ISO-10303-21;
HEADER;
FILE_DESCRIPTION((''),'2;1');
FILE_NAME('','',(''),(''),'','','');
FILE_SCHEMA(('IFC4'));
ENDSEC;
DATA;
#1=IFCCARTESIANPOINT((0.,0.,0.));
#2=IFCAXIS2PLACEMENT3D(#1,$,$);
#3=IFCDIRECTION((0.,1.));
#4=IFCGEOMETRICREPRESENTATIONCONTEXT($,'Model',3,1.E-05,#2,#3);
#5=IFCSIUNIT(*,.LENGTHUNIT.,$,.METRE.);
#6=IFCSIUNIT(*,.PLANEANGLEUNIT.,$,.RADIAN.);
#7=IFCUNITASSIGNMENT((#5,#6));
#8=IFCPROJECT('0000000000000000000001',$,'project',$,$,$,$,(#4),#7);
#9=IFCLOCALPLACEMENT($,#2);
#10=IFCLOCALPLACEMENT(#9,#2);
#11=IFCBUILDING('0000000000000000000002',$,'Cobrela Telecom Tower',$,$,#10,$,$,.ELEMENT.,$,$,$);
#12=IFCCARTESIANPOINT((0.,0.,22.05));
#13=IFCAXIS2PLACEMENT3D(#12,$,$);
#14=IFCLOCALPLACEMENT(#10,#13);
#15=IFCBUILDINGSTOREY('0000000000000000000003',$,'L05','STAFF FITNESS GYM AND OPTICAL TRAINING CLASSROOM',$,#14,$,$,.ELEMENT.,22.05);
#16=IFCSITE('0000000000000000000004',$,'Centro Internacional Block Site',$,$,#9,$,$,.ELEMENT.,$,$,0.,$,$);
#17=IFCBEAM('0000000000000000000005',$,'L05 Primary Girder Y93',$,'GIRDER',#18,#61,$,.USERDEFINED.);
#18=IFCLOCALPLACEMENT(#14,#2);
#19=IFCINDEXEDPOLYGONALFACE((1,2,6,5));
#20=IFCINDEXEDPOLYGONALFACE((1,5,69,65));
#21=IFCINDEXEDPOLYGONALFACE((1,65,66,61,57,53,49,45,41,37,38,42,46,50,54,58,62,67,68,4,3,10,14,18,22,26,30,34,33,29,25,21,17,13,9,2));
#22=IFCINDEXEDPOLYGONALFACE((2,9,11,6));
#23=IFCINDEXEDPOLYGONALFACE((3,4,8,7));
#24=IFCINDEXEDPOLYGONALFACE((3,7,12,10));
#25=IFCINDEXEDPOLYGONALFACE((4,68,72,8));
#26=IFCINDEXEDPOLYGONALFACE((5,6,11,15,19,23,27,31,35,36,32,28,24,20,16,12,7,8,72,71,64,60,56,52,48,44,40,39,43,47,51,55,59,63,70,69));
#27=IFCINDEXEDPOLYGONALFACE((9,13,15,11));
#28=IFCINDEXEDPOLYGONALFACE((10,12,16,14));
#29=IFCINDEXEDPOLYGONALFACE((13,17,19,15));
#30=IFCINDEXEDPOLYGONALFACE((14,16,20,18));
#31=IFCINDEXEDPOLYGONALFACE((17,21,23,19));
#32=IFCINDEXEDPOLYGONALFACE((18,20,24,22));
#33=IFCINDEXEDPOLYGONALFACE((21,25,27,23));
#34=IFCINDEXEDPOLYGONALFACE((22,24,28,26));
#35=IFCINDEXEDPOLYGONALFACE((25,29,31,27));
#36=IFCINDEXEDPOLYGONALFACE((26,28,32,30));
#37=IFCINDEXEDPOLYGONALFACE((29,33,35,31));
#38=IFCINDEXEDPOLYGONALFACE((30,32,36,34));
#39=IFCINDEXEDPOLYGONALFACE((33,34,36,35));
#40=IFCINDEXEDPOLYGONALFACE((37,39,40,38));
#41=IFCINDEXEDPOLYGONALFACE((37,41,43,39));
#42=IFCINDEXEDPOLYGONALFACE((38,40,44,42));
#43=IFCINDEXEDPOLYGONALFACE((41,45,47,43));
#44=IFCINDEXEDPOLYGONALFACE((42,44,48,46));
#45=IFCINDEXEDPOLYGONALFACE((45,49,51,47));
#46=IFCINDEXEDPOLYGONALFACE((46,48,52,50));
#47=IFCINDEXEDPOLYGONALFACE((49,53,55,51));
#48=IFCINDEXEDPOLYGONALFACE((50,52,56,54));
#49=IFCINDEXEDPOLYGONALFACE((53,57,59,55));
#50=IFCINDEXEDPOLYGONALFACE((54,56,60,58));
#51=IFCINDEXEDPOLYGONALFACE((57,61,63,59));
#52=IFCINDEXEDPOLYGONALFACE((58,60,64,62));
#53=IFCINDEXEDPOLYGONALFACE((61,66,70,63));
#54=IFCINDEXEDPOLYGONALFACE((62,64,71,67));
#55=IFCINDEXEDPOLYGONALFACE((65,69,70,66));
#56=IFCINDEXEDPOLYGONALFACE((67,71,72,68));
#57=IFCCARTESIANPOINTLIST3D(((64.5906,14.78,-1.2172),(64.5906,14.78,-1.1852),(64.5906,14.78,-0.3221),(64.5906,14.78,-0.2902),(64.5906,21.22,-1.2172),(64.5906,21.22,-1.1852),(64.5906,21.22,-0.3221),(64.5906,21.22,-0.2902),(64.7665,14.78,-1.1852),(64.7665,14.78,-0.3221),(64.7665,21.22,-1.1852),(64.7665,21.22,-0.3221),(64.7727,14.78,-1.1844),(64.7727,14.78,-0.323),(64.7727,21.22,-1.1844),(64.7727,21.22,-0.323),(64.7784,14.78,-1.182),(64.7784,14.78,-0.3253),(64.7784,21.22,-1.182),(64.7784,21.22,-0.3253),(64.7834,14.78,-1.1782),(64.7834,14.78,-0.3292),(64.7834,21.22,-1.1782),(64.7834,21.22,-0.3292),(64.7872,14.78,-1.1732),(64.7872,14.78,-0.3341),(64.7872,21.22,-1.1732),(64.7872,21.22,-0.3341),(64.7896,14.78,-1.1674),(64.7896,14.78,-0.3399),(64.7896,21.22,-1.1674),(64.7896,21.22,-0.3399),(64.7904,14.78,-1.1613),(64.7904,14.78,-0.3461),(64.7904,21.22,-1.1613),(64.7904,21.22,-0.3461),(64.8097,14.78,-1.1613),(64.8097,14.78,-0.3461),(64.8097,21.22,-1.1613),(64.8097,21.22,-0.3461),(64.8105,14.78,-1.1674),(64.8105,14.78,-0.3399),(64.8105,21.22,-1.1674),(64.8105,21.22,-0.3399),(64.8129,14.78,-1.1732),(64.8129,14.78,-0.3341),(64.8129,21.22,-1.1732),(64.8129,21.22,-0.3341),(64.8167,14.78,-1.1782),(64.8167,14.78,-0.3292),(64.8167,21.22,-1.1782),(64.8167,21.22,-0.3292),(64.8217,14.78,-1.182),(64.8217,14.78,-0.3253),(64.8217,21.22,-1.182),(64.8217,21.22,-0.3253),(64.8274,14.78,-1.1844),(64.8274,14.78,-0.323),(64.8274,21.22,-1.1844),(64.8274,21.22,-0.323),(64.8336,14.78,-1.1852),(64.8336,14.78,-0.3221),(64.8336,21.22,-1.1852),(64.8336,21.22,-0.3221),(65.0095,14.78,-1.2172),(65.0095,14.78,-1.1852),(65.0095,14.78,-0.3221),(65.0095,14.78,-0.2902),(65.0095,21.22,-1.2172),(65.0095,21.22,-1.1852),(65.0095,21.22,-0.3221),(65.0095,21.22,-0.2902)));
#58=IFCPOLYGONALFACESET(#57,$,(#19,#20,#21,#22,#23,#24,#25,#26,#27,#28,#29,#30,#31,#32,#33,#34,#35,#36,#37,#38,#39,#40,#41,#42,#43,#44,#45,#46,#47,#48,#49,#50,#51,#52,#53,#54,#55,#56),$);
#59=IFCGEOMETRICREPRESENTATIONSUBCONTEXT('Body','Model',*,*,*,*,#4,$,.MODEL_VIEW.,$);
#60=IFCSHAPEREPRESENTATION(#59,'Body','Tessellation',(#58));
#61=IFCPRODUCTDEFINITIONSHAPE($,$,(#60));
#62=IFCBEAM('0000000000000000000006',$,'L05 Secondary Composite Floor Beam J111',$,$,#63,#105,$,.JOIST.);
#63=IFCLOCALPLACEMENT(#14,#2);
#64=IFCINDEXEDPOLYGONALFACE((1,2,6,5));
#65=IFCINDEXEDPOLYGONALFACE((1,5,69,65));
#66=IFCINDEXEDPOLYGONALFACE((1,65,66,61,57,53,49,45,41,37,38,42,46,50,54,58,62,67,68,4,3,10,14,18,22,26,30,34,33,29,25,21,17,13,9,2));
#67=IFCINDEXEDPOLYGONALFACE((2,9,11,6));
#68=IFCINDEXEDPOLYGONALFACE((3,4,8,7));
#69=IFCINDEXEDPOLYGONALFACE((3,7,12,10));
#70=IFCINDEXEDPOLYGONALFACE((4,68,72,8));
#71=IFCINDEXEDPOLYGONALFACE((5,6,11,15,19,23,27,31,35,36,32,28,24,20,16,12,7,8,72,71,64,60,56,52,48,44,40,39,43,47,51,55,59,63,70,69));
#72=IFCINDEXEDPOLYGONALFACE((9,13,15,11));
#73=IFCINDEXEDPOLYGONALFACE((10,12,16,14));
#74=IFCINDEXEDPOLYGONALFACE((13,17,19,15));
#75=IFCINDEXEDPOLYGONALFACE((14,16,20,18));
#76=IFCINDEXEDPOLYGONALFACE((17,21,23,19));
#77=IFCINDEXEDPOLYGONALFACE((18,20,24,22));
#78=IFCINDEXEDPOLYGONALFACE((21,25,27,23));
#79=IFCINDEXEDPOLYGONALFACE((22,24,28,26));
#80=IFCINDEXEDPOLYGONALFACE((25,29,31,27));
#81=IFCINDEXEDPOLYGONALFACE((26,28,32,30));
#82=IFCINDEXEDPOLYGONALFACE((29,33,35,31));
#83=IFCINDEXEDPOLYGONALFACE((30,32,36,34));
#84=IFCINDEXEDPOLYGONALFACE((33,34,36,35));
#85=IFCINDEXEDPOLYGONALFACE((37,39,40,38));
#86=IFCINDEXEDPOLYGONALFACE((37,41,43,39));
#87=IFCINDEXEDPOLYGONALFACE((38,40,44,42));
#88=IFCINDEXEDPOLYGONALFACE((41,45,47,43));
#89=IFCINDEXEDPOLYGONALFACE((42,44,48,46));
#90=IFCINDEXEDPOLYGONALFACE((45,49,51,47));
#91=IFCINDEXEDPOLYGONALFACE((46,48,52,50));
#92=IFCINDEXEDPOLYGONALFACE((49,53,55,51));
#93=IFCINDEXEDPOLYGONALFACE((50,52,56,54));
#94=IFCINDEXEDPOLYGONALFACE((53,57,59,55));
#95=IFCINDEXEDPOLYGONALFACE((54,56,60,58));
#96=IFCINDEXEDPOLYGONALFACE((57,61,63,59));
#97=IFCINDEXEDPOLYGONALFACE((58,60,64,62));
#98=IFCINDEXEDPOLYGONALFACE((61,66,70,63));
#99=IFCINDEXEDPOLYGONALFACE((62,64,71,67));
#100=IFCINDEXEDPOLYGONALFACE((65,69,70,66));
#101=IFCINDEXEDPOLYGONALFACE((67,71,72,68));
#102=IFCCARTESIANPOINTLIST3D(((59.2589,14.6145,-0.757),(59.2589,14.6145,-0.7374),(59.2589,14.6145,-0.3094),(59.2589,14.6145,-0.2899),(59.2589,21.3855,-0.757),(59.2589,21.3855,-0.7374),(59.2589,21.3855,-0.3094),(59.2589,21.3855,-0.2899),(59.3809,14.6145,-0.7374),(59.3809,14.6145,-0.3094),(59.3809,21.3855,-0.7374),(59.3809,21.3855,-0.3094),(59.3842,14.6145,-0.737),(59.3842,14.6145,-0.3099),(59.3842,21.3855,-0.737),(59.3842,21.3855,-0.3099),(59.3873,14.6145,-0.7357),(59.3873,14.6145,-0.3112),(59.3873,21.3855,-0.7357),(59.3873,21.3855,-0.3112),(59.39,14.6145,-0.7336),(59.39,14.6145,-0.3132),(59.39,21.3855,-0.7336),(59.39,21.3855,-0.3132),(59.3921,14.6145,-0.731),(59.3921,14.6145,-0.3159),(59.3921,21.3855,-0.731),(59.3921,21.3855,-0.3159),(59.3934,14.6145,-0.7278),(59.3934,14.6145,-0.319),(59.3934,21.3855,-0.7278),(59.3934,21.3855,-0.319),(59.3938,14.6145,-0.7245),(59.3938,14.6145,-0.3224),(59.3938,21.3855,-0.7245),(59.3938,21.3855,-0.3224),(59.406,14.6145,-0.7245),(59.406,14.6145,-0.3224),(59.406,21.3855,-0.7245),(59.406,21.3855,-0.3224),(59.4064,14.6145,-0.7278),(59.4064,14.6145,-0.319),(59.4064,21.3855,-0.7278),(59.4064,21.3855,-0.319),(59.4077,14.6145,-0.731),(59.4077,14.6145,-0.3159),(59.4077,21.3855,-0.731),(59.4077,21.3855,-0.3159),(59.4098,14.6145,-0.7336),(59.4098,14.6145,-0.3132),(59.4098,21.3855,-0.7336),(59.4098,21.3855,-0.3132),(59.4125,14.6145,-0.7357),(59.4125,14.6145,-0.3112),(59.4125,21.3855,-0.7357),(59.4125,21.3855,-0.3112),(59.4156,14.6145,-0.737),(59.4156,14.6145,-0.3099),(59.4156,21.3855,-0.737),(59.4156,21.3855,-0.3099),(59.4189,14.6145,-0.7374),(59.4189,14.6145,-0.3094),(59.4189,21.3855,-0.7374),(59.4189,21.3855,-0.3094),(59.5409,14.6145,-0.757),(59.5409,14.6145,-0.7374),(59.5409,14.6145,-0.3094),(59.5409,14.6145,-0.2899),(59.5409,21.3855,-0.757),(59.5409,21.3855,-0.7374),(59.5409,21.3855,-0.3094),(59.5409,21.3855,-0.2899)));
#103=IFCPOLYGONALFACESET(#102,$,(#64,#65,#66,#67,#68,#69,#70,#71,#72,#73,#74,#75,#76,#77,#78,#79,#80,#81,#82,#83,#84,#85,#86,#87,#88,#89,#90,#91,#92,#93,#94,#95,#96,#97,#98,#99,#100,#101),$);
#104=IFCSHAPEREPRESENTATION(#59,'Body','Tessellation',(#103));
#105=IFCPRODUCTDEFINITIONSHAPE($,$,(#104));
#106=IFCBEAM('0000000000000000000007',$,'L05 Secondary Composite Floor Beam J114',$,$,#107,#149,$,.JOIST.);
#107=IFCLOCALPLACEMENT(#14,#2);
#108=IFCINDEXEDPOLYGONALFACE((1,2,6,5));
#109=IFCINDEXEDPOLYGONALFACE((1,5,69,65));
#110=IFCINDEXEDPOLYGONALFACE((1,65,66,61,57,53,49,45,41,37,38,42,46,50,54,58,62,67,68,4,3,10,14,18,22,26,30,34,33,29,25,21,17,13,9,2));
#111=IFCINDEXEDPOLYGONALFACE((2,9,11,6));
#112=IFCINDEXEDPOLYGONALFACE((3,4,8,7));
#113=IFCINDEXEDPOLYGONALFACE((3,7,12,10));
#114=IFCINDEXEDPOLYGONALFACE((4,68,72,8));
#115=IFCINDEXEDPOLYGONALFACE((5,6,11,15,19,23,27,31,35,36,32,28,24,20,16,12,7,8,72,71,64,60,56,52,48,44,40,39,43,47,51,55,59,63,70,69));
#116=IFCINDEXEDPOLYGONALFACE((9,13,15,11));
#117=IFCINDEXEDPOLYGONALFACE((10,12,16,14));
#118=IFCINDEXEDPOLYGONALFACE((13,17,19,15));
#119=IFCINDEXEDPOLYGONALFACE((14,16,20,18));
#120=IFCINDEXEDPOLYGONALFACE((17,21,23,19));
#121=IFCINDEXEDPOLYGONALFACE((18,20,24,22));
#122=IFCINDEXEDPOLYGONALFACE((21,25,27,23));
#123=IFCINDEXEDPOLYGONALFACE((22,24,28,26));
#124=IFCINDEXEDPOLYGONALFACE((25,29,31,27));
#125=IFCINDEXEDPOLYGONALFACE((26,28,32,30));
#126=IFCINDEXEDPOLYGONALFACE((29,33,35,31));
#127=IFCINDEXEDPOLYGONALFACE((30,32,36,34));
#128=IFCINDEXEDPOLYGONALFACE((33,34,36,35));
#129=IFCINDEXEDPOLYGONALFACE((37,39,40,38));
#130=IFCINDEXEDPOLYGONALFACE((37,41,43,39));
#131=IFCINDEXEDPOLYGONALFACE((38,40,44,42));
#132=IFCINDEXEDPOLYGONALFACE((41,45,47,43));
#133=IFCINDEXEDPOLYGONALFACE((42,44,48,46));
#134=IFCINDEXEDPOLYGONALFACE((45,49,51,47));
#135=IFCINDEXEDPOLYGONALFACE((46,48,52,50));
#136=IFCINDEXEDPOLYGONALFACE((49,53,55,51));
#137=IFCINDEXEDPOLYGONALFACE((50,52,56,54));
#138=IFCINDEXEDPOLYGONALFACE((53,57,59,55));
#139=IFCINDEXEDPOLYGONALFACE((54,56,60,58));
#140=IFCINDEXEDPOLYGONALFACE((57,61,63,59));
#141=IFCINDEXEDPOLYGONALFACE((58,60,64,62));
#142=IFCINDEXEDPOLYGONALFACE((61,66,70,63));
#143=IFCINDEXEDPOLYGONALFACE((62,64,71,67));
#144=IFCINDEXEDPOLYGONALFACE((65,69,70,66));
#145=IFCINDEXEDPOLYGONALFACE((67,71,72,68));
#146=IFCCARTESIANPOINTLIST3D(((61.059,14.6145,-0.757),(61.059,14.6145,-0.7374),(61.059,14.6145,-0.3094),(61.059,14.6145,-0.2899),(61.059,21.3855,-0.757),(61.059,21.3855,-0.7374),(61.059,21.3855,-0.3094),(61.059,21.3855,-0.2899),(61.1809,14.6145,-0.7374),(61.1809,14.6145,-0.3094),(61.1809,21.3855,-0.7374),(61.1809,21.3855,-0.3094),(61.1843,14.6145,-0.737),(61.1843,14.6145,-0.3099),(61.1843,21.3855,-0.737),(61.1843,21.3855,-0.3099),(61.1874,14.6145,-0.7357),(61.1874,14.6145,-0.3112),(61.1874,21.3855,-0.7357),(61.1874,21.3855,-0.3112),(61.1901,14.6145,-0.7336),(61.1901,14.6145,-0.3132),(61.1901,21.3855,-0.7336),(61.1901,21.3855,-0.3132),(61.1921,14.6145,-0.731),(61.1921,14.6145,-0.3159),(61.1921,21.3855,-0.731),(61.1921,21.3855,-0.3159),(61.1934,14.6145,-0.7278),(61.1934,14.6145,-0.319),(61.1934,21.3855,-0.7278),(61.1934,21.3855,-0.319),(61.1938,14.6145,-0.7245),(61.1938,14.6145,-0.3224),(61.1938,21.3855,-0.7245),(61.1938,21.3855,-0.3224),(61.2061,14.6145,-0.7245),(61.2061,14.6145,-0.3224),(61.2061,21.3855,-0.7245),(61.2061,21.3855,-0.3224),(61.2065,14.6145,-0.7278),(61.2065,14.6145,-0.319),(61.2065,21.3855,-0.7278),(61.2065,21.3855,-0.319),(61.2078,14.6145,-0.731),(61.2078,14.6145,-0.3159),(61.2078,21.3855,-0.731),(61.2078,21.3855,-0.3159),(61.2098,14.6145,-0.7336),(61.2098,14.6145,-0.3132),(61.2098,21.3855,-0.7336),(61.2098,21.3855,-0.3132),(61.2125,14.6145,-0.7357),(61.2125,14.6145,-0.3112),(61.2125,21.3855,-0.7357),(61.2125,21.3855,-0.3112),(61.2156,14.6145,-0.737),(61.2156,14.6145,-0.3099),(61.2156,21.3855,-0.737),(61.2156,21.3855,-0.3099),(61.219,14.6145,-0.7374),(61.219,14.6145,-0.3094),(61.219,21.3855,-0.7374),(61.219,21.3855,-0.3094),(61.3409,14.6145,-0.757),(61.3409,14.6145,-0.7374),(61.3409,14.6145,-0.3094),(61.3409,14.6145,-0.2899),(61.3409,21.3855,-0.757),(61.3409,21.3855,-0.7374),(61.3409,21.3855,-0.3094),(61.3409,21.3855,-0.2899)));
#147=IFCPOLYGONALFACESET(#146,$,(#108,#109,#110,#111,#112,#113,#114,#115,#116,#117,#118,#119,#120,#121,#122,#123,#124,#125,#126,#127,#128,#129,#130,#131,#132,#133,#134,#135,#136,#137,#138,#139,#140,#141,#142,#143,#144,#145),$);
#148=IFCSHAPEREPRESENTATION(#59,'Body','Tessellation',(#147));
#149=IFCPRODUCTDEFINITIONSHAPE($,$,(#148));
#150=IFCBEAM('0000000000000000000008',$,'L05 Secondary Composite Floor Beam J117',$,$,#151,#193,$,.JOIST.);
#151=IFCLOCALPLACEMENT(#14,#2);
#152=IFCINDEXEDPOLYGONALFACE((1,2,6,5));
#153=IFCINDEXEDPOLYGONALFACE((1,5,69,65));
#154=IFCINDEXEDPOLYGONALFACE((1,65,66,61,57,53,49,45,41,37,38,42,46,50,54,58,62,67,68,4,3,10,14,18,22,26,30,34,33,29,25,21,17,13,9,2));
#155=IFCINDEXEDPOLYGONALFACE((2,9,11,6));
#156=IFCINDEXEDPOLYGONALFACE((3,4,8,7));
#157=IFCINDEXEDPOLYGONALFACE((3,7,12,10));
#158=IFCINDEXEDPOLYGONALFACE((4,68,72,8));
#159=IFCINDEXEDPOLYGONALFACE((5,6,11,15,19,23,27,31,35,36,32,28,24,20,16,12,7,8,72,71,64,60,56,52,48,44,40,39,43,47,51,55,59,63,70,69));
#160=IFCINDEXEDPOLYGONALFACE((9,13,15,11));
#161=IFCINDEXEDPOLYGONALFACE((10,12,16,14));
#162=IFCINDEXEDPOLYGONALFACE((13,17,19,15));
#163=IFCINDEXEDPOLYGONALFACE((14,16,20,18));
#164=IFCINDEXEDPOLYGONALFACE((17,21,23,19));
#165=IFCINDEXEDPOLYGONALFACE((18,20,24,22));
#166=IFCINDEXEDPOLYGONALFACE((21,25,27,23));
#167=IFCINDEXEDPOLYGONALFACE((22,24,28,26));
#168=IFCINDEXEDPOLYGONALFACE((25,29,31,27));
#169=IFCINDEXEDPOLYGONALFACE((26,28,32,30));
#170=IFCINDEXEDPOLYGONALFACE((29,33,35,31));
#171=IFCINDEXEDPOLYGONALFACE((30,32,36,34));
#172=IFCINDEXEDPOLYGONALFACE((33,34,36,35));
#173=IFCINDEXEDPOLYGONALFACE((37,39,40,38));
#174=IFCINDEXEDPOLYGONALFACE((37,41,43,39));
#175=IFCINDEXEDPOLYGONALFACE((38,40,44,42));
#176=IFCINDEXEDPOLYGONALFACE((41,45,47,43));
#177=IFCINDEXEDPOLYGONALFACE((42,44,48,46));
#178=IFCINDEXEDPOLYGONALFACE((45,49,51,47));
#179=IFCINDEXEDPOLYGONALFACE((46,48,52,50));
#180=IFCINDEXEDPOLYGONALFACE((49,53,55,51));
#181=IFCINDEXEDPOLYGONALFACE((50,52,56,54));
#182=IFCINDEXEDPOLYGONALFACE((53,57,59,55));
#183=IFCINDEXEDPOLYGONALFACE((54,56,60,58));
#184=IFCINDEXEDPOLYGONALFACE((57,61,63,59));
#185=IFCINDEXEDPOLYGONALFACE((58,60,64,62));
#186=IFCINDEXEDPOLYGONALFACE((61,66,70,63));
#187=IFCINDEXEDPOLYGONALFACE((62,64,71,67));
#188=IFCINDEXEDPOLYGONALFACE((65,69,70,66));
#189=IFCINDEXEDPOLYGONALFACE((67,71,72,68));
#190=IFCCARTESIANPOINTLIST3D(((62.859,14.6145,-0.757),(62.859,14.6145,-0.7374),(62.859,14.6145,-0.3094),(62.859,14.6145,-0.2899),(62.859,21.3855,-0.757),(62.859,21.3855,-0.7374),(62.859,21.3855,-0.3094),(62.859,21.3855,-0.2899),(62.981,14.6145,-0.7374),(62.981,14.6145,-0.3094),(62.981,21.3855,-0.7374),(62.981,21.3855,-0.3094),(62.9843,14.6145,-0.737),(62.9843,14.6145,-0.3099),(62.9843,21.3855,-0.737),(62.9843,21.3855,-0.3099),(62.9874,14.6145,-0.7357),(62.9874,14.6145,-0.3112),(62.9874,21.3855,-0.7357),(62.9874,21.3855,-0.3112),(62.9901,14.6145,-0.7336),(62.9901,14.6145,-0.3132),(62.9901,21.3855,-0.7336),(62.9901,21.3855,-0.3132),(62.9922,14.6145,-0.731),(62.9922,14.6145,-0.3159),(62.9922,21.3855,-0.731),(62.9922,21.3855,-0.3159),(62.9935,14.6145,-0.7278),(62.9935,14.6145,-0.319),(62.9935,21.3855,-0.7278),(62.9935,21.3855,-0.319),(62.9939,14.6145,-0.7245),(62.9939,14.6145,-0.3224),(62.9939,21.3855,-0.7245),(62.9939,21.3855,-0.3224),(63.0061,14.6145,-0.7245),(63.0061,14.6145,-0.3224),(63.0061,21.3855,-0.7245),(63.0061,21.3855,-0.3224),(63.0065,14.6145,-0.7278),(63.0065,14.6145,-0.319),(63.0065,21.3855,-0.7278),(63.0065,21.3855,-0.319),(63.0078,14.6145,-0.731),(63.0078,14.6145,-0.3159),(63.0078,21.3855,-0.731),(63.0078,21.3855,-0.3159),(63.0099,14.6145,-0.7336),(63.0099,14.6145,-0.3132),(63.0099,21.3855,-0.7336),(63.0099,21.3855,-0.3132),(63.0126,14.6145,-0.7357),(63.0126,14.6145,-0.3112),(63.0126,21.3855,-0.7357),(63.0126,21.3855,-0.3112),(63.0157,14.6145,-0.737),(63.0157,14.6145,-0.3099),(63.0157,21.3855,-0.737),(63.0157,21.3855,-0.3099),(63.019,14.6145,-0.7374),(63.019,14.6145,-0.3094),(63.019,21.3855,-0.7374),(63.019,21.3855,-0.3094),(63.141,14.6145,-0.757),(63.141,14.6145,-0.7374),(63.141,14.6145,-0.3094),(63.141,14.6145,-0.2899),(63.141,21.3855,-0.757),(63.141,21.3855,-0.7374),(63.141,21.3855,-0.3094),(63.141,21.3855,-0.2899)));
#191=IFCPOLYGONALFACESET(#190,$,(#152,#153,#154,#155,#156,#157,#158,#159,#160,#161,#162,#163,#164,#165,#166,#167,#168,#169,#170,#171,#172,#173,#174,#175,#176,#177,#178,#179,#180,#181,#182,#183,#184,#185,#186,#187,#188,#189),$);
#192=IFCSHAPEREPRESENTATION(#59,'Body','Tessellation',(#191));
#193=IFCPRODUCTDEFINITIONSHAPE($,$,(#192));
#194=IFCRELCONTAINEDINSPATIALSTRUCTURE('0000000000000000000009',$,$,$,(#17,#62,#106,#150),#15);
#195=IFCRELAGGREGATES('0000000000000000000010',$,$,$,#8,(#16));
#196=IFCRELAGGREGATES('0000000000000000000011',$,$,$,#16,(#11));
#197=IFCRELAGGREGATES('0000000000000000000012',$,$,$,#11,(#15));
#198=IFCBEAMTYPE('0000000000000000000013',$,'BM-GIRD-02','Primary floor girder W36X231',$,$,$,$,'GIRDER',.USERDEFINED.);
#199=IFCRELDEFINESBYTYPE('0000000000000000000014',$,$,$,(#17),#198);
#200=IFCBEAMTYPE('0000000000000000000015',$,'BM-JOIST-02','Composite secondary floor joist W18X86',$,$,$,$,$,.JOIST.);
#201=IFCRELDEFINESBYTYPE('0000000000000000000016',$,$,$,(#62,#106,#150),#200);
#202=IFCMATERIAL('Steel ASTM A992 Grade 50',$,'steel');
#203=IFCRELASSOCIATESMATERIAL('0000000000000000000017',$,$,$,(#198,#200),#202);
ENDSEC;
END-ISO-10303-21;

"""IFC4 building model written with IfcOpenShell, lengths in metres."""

from ifc_helpers import new_model, si_unit, direction, frame, origin, origin_2d, place, context, subcontext, project, spatial, i_section, extrude, material, material_profile, profile_set, type_object, element, save


model = new_model("IFC4")

# Units and contexts
model_context = context("Model", 3, precision=1e-05, world=origin(), true_north=direction((0.0, 1.0)))
body_context = subcontext(model_context, "Body", "Model", "MODEL_VIEW")
ifc_project = project(units=[si_unit("LENGTHUNIT", "METRE"), si_unit("PLANEANGLEUNIT", "RADIAN")], contexts=[model_context])

# Site, building, storey
site_placement = place(None, origin())
site = spatial("IfcSite", under=ifc_project, at=site_placement, Name="Centro Internacional Block Site", CompositionType="ELEMENT", RefElevation=0.0)
building_placement = place(site_placement, origin())
building = spatial("IfcBuilding", under=site, at=building_placement, Name="Cobrela Telecom Tower", CompositionType="ELEMENT")
storey_placement = place(building_placement, frame((0.0, 0.0, 22.05)))
storey = spatial("IfcBuildingStorey", under=building, at=storey_placement, Name="L05", Description="STAFF FITNESS GYM AND OPTICAL TRAINING CLASSROOM", CompositionType="ELEMENT", Elevation=22.05)

# Beams
ifc_material_1 = material(Name="Steel ASTM A992 Grade 50", Category="steel")
ifc_material_profile_1 = material_profile(ifc_material_1, i_section(OverallWidth=0.4189, OverallDepth=0.927, WebThickness=0.0193, FlangeThickness=0.032, FilletRadius=0.0239, at=origin_2d()), Name="W36X231")
ifc_profile_set_1 = profile_set([ifc_material_profile_1], Name="Steel ASTM A992 Grade 50")
beam_type_1 = type_object("IfcBeamType", Name="BM-GIRD-02", Description="Primary floor girder W36X231", ElementType="GIRDER", PredefinedType="USERDEFINED", material=ifc_profile_set_1)
for number, where, z_axis, x_axis, name in (
    (1, (64.8, 14.78, -0.7537), (0.0, 1.0, 0.0), (-1.0, 0.0, 0.0), "L05 Primary Girder Y93"),
):
    element("IfcBeam", number, at=place(storey_placement, frame(where, z_axis=z_axis, x_axis=x_axis)), inside=storey, type_object=beam_type_1, Name=name, ObjectType="GIRDER", PredefinedType="USERDEFINED", context=body_context, shape_type="SweptSolid", body=[
        extrude(i_section(OverallWidth=0.4189, OverallDepth=0.927, WebThickness=0.0193, FlangeThickness=0.032, FilletRadius=0.0239, at=origin_2d()), origin(), (0.0, 0.0, 1.0), 6.4399),
    ])
ifc_material_profile_2 = material_profile(ifc_material_1, i_section(OverallWidth=0.282, OverallDepth=0.467, WebThickness=0.0122, FlangeThickness=0.0195, FilletRadius=0.0129, at=origin_2d()), Name="W18X86")
ifc_profile_set_2 = profile_set([ifc_material_profile_2], Name="Steel ASTM A992 Grade 50")
beam_type_2 = type_object("IfcBeamType", Name="BM-JOIST-02", Description="Composite secondary floor joist W18X86", PredefinedType="JOIST", material=ifc_profile_set_2)
for number, where, z_axis, x_axis, name in (
    (2, (59.3999, 14.6145, -0.5234), (0.0, 1.0, 0.0), (-1.0, 0.0, 0.0), "L05 Secondary Composite Floor Beam J111"),
    (3, (61.2, 14.6145, -0.5234), (0.0, 1.0, 0.0), (-1.0, 0.0, 0.0), "L05 Secondary Composite Floor Beam J114"),
    (4, (63.0, 14.6145, -0.5234), (0.0, 1.0, 0.0), (-1.0, 0.0, 0.0), "L05 Secondary Composite Floor Beam J117"),
):
    element("IfcBeam", number, at=place(storey_placement, frame(where, z_axis=z_axis, x_axis=x_axis)), inside=storey, type_object=beam_type_2, Name=name, PredefinedType="JOIST", context=body_context, shape_type="SweptSolid", body=[
        extrude(i_section(OverallWidth=0.282, OverallDepth=0.467, WebThickness=0.0122, FlangeThickness=0.0195, FilletRadius=0.0129, at=origin_2d()), origin(), (0.0, 0.0, 1.0), 6.771),
    ])

save(model, "model.ifc")
